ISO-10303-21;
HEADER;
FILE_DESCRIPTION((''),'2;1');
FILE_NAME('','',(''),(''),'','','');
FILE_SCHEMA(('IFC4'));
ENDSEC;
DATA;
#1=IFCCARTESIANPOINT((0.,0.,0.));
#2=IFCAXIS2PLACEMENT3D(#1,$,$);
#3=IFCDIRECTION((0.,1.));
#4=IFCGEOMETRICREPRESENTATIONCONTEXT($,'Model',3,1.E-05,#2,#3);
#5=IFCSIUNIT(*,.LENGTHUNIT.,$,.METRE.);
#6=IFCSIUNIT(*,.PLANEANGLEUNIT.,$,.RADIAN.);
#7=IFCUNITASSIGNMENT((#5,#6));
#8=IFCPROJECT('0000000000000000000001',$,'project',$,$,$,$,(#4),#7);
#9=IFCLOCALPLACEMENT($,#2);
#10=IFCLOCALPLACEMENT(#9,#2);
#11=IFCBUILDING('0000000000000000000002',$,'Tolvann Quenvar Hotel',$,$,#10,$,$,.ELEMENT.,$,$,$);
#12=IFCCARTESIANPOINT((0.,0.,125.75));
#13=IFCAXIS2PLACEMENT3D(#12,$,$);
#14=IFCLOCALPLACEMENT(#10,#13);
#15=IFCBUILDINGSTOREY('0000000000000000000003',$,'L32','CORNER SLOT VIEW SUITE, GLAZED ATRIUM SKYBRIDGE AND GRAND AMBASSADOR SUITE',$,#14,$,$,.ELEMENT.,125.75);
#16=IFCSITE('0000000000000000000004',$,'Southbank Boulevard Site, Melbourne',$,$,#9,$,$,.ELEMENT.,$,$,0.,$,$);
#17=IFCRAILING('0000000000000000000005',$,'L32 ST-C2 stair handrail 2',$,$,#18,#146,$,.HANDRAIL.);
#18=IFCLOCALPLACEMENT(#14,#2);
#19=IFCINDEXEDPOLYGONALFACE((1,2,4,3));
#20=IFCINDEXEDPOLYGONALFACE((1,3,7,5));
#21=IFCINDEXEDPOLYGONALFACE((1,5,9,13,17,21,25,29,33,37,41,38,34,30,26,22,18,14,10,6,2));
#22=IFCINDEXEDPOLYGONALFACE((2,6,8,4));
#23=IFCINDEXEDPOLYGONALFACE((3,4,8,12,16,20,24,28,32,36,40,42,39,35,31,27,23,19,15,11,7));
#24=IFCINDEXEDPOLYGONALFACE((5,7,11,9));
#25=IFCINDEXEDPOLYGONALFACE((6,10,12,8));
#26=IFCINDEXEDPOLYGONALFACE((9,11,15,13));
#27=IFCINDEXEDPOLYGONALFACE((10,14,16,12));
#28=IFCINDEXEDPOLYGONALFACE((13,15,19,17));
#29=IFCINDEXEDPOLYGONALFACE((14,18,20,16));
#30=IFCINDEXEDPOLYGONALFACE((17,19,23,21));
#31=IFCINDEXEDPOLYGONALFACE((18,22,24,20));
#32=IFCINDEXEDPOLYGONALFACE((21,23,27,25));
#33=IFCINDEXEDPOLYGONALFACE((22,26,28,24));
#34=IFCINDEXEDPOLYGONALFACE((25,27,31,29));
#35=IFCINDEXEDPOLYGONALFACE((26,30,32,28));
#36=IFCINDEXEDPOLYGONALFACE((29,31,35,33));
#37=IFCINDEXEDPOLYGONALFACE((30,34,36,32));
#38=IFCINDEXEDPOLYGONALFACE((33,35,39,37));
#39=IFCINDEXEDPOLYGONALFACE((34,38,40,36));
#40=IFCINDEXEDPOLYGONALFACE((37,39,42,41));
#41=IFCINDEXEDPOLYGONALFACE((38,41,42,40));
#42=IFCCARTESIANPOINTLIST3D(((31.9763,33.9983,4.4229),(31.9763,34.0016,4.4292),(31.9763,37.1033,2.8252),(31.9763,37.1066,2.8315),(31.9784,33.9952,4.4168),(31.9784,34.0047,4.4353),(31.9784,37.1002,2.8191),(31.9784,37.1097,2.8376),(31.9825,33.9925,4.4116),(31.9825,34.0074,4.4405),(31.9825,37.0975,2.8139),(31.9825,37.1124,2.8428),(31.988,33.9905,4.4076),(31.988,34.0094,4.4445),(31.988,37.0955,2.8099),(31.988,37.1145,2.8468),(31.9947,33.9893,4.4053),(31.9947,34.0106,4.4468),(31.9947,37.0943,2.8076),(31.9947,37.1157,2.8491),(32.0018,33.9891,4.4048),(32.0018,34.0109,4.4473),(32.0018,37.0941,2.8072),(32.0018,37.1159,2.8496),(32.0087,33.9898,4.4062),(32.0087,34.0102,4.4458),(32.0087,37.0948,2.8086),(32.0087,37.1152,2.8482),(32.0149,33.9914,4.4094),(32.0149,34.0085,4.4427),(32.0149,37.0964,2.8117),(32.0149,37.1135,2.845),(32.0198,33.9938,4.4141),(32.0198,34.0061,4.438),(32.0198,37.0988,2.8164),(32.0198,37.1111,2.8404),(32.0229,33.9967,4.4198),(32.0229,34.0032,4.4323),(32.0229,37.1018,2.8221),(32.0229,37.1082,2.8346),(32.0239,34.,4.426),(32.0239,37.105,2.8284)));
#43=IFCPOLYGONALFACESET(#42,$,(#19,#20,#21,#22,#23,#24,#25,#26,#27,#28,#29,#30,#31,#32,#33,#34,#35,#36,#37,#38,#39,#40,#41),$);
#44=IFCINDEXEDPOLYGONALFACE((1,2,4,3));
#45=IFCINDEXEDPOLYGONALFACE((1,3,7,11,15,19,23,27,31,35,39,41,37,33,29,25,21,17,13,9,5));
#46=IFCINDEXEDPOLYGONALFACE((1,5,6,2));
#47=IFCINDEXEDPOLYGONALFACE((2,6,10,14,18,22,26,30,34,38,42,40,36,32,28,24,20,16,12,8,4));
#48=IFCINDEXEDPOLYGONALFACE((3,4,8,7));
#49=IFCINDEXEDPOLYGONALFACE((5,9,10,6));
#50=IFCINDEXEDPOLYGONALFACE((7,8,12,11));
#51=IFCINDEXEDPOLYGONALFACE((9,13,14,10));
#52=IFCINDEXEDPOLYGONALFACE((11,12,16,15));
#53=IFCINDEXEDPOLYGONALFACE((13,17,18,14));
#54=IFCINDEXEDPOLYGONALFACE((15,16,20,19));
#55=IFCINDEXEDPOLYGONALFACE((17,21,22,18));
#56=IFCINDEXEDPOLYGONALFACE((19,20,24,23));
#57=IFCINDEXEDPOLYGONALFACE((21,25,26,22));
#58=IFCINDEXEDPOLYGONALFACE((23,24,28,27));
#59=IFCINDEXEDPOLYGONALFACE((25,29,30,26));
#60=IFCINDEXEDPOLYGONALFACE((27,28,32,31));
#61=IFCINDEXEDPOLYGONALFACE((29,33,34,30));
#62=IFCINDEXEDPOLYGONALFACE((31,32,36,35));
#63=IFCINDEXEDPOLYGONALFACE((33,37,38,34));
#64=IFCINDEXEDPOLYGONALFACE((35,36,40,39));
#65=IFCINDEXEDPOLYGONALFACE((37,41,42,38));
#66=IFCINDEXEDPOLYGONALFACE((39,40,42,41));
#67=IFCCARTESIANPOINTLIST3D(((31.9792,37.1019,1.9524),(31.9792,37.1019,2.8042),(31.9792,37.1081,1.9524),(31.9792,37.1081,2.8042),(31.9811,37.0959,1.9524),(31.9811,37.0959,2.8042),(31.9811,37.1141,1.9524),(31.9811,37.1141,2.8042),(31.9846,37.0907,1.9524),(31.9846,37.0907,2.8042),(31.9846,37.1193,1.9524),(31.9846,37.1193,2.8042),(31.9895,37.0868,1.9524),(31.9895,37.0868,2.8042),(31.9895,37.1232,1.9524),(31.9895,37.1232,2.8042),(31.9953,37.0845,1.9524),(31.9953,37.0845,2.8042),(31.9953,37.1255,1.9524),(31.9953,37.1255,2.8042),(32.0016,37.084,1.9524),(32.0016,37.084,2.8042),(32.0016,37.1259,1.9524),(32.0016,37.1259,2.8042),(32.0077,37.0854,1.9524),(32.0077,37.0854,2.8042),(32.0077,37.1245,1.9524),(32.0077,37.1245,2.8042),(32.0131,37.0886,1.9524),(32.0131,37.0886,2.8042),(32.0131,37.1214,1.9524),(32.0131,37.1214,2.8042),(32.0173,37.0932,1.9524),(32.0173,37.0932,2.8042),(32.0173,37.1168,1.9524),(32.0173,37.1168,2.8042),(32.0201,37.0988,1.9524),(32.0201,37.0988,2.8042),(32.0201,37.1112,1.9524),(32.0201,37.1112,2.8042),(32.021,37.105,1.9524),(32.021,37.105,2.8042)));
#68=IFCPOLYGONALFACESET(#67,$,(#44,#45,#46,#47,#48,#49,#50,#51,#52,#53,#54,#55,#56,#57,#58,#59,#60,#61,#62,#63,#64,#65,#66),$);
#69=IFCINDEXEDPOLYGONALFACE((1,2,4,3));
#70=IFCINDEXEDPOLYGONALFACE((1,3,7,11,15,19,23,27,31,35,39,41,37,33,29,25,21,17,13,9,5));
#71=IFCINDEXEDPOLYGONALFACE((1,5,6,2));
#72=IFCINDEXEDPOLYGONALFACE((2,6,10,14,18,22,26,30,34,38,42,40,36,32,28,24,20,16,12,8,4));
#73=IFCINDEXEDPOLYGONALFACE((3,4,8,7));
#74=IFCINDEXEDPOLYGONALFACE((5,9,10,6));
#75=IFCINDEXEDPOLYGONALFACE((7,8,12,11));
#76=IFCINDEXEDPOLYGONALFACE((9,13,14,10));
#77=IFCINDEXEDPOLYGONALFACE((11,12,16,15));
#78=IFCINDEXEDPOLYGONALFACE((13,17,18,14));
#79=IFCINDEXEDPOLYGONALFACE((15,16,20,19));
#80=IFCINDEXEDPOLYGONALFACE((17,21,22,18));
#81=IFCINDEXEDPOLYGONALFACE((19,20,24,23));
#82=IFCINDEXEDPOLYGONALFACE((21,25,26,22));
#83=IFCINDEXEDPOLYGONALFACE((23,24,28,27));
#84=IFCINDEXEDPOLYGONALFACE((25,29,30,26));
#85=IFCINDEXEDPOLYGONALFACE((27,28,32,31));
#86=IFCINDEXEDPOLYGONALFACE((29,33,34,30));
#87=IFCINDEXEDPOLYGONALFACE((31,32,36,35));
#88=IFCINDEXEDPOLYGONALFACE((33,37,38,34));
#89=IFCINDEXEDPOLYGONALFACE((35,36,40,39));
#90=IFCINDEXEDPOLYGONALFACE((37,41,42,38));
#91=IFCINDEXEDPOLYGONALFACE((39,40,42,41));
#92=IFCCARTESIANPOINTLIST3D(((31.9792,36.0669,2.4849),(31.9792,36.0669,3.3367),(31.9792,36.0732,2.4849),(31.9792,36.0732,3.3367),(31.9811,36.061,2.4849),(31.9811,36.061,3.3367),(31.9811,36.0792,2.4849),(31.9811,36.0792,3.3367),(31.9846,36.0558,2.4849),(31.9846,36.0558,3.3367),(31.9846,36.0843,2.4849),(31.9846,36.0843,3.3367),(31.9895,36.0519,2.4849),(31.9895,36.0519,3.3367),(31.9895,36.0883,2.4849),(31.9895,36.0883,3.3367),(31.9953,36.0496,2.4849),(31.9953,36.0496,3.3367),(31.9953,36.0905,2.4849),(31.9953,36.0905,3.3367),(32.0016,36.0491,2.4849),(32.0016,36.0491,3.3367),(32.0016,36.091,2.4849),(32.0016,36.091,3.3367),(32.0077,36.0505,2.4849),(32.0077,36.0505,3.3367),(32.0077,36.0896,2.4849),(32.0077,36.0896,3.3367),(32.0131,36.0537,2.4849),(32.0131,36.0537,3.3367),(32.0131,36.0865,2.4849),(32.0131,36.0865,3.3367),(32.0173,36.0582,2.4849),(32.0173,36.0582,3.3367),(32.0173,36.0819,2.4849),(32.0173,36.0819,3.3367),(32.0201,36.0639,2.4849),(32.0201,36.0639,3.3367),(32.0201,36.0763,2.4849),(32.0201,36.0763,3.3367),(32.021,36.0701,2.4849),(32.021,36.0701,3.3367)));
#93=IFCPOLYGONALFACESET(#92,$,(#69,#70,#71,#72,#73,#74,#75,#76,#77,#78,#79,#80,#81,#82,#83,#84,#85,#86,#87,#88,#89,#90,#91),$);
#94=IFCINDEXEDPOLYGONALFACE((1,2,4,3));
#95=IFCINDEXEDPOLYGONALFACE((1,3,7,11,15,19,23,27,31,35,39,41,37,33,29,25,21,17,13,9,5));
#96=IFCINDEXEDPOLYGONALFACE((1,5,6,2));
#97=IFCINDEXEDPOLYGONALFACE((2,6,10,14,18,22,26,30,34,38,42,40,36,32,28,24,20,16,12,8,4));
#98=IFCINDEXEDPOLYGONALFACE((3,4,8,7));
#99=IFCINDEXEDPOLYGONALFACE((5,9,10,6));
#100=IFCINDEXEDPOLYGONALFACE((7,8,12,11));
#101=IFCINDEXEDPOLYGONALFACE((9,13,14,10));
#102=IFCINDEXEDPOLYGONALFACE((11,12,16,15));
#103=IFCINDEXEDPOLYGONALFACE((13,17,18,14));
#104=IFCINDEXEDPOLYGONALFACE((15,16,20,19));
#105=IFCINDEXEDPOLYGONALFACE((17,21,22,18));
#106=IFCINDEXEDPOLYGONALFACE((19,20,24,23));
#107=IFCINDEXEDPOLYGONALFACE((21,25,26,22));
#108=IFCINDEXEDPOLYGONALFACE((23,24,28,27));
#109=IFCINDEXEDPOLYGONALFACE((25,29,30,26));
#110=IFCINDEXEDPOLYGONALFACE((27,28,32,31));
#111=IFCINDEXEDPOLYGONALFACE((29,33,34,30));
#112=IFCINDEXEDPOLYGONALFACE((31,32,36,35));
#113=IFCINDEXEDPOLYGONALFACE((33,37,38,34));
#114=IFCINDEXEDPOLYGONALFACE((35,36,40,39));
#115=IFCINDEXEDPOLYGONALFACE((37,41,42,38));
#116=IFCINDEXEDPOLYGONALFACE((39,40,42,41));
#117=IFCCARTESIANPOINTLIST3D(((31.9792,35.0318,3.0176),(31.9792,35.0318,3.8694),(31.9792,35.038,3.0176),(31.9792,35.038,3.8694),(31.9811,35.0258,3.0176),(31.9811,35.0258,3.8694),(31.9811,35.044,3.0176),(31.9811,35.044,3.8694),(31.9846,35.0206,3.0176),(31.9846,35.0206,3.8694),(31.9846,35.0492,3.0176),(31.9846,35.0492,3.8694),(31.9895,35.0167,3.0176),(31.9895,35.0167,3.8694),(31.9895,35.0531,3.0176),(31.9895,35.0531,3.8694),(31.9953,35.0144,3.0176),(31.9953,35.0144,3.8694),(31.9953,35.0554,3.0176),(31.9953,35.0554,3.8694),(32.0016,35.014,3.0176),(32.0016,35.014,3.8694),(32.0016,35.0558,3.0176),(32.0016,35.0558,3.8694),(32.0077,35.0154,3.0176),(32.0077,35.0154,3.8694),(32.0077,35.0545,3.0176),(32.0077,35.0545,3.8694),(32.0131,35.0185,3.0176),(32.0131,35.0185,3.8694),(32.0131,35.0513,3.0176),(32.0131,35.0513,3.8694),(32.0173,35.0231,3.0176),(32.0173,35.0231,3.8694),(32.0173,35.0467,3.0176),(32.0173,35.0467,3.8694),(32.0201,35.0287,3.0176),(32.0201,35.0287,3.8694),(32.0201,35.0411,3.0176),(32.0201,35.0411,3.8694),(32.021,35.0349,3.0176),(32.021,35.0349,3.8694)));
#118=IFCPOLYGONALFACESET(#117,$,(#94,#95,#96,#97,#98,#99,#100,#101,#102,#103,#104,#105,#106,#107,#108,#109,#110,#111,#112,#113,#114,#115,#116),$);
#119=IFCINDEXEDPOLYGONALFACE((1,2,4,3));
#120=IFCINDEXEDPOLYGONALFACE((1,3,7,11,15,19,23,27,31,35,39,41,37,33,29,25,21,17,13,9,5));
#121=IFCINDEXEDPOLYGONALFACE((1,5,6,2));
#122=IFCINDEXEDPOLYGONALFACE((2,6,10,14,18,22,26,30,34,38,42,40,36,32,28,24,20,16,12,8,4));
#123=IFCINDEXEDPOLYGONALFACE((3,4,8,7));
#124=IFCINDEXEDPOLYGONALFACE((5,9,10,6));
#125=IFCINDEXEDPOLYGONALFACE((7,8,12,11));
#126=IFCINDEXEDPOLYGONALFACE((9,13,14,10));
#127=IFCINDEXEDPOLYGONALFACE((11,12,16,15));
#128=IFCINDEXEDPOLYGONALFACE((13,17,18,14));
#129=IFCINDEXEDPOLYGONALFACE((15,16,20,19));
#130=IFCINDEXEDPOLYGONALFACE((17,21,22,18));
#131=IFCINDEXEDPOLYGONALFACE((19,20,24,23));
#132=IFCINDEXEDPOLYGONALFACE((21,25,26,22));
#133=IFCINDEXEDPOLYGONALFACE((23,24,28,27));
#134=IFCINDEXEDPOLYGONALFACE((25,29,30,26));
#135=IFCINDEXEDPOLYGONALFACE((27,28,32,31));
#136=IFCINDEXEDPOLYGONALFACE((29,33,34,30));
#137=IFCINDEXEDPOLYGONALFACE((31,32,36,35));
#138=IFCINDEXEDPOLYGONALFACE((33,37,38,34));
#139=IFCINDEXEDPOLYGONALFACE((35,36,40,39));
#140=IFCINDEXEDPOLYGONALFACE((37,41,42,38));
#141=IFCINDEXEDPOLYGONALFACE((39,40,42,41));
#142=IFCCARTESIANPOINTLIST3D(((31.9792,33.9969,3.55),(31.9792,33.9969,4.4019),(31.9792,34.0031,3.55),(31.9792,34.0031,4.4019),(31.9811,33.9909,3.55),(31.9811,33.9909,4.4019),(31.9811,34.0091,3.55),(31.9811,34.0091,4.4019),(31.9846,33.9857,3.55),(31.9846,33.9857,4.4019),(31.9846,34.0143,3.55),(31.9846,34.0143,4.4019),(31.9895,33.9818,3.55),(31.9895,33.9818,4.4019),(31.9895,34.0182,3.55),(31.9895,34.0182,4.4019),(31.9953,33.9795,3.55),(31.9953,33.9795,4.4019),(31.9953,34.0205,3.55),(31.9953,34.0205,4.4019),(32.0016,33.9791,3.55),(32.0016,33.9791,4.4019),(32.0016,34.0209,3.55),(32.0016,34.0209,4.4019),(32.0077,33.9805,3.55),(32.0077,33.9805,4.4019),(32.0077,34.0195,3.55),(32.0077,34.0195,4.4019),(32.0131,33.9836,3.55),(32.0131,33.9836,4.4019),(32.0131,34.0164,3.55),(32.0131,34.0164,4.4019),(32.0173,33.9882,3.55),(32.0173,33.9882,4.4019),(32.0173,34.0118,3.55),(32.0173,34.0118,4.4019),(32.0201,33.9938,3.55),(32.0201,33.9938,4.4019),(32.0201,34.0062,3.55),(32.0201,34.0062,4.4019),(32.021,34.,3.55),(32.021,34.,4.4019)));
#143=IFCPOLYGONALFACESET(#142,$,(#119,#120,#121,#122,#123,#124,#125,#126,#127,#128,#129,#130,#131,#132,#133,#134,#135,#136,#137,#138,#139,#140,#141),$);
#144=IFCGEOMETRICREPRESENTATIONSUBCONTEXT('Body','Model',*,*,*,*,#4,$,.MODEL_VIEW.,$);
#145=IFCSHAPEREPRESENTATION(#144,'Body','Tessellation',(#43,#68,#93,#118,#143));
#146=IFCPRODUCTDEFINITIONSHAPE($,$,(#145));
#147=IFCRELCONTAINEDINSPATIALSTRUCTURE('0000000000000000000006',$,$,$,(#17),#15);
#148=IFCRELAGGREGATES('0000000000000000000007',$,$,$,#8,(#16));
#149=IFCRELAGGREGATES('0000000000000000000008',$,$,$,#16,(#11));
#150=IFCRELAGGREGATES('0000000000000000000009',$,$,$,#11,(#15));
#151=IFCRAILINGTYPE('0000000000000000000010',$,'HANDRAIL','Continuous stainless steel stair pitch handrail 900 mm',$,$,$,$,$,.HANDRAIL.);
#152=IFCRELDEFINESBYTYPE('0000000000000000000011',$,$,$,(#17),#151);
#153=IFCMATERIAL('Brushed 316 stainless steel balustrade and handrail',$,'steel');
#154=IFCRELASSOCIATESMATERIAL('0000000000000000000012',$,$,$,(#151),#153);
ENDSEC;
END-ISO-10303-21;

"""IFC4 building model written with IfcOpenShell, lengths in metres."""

from ifc_helpers import new_model, si_unit, direction, frame, origin, origin_2d, place, context, subcontext, project, spatial, circle, extrude, material, type_object, element, save


model = new_model("IFC4")

# Units and contexts
model_context = context("Model", 3, precision=1e-05, world=origin(), true_north=direction((0.0, 1.0)))
body_context = subcontext(model_context, "Body", "Model", "MODEL_VIEW")
ifc_project = project(units=[si_unit("LENGTHUNIT", "METRE"), si_unit("PLANEANGLEUNIT", "RADIAN")], contexts=[model_context])

# Site, building, storey
site_placement = place(None, origin())
site = spatial("IfcSite", under=ifc_project, at=site_placement, Name="Southbank Boulevard Site, Melbourne", CompositionType="ELEMENT", RefElevation=0.0)
building_placement = place(site_placement, origin())
building = spatial("IfcBuilding", under=site, at=building_placement, Name="Tolvann Quenvar Hotel", CompositionType="ELEMENT")
storey_placement = place(building_placement, frame((0.0, 0.0, 125.75)))
storey = spatial("IfcBuildingStorey", under=building, at=storey_placement, Name="L32", Description="CORNER SLOT VIEW SUITE, GLAZED ATRIUM SKYBRIDGE AND GRAND AMBASSADOR SUITE", CompositionType="ELEMENT", Elevation=125.75)

# Railing
ifc_material_1 = material(Name="Brushed 316 stainless steel balustrade and handrail", Category="steel")
railing_type_1 = type_object("IfcRailingType", Name="HANDRAIL", Description="Continuous stainless steel stair pitch handrail 900 mm", PredefinedType="HANDRAIL", material=ifc_material_1)
railing_1_placement = place(storey_placement, frame((32.0, 37.105, 1.9524)))
element("IfcRailing", 1, at=railing_1_placement, inside=storey, type_object=railing_type_1, Name="L32 ST-C2 stair handrail 2", PredefinedType="HANDRAIL", context=body_context, shape_type="SweptSolid", body=[
    extrude(circle(Radius=0.0239, at=origin_2d()), frame((0.0, 0.0, 0.876), z_axis=(0.0, -0.889194, 0.457531), x_axis=(1.0, 0.0, 0.0)), (0.0, 0.0, 1.0), 3.4919),
    extrude(circle(Radius=0.021, at=origin_2d()), origin(), (0.0, 0.0, 1.0), 0.8518),
    extrude(circle(Radius=0.021, at=origin_2d()), frame((0.0, -1.0349, 0.5325)), (0.0, 0.0, 1.0), 0.8518),
    extrude(circle(Radius=0.021, at=origin_2d()), frame((0.0, -2.0701, 1.0652)), (0.0, 0.0, 1.0), 0.8518),
    extrude(circle(Radius=0.021, at=origin_2d()), frame((0.0, -3.105, 1.5977)), (0.0, 0.0, 1.0), 0.8518),
])

save(model, "model.ifc")
